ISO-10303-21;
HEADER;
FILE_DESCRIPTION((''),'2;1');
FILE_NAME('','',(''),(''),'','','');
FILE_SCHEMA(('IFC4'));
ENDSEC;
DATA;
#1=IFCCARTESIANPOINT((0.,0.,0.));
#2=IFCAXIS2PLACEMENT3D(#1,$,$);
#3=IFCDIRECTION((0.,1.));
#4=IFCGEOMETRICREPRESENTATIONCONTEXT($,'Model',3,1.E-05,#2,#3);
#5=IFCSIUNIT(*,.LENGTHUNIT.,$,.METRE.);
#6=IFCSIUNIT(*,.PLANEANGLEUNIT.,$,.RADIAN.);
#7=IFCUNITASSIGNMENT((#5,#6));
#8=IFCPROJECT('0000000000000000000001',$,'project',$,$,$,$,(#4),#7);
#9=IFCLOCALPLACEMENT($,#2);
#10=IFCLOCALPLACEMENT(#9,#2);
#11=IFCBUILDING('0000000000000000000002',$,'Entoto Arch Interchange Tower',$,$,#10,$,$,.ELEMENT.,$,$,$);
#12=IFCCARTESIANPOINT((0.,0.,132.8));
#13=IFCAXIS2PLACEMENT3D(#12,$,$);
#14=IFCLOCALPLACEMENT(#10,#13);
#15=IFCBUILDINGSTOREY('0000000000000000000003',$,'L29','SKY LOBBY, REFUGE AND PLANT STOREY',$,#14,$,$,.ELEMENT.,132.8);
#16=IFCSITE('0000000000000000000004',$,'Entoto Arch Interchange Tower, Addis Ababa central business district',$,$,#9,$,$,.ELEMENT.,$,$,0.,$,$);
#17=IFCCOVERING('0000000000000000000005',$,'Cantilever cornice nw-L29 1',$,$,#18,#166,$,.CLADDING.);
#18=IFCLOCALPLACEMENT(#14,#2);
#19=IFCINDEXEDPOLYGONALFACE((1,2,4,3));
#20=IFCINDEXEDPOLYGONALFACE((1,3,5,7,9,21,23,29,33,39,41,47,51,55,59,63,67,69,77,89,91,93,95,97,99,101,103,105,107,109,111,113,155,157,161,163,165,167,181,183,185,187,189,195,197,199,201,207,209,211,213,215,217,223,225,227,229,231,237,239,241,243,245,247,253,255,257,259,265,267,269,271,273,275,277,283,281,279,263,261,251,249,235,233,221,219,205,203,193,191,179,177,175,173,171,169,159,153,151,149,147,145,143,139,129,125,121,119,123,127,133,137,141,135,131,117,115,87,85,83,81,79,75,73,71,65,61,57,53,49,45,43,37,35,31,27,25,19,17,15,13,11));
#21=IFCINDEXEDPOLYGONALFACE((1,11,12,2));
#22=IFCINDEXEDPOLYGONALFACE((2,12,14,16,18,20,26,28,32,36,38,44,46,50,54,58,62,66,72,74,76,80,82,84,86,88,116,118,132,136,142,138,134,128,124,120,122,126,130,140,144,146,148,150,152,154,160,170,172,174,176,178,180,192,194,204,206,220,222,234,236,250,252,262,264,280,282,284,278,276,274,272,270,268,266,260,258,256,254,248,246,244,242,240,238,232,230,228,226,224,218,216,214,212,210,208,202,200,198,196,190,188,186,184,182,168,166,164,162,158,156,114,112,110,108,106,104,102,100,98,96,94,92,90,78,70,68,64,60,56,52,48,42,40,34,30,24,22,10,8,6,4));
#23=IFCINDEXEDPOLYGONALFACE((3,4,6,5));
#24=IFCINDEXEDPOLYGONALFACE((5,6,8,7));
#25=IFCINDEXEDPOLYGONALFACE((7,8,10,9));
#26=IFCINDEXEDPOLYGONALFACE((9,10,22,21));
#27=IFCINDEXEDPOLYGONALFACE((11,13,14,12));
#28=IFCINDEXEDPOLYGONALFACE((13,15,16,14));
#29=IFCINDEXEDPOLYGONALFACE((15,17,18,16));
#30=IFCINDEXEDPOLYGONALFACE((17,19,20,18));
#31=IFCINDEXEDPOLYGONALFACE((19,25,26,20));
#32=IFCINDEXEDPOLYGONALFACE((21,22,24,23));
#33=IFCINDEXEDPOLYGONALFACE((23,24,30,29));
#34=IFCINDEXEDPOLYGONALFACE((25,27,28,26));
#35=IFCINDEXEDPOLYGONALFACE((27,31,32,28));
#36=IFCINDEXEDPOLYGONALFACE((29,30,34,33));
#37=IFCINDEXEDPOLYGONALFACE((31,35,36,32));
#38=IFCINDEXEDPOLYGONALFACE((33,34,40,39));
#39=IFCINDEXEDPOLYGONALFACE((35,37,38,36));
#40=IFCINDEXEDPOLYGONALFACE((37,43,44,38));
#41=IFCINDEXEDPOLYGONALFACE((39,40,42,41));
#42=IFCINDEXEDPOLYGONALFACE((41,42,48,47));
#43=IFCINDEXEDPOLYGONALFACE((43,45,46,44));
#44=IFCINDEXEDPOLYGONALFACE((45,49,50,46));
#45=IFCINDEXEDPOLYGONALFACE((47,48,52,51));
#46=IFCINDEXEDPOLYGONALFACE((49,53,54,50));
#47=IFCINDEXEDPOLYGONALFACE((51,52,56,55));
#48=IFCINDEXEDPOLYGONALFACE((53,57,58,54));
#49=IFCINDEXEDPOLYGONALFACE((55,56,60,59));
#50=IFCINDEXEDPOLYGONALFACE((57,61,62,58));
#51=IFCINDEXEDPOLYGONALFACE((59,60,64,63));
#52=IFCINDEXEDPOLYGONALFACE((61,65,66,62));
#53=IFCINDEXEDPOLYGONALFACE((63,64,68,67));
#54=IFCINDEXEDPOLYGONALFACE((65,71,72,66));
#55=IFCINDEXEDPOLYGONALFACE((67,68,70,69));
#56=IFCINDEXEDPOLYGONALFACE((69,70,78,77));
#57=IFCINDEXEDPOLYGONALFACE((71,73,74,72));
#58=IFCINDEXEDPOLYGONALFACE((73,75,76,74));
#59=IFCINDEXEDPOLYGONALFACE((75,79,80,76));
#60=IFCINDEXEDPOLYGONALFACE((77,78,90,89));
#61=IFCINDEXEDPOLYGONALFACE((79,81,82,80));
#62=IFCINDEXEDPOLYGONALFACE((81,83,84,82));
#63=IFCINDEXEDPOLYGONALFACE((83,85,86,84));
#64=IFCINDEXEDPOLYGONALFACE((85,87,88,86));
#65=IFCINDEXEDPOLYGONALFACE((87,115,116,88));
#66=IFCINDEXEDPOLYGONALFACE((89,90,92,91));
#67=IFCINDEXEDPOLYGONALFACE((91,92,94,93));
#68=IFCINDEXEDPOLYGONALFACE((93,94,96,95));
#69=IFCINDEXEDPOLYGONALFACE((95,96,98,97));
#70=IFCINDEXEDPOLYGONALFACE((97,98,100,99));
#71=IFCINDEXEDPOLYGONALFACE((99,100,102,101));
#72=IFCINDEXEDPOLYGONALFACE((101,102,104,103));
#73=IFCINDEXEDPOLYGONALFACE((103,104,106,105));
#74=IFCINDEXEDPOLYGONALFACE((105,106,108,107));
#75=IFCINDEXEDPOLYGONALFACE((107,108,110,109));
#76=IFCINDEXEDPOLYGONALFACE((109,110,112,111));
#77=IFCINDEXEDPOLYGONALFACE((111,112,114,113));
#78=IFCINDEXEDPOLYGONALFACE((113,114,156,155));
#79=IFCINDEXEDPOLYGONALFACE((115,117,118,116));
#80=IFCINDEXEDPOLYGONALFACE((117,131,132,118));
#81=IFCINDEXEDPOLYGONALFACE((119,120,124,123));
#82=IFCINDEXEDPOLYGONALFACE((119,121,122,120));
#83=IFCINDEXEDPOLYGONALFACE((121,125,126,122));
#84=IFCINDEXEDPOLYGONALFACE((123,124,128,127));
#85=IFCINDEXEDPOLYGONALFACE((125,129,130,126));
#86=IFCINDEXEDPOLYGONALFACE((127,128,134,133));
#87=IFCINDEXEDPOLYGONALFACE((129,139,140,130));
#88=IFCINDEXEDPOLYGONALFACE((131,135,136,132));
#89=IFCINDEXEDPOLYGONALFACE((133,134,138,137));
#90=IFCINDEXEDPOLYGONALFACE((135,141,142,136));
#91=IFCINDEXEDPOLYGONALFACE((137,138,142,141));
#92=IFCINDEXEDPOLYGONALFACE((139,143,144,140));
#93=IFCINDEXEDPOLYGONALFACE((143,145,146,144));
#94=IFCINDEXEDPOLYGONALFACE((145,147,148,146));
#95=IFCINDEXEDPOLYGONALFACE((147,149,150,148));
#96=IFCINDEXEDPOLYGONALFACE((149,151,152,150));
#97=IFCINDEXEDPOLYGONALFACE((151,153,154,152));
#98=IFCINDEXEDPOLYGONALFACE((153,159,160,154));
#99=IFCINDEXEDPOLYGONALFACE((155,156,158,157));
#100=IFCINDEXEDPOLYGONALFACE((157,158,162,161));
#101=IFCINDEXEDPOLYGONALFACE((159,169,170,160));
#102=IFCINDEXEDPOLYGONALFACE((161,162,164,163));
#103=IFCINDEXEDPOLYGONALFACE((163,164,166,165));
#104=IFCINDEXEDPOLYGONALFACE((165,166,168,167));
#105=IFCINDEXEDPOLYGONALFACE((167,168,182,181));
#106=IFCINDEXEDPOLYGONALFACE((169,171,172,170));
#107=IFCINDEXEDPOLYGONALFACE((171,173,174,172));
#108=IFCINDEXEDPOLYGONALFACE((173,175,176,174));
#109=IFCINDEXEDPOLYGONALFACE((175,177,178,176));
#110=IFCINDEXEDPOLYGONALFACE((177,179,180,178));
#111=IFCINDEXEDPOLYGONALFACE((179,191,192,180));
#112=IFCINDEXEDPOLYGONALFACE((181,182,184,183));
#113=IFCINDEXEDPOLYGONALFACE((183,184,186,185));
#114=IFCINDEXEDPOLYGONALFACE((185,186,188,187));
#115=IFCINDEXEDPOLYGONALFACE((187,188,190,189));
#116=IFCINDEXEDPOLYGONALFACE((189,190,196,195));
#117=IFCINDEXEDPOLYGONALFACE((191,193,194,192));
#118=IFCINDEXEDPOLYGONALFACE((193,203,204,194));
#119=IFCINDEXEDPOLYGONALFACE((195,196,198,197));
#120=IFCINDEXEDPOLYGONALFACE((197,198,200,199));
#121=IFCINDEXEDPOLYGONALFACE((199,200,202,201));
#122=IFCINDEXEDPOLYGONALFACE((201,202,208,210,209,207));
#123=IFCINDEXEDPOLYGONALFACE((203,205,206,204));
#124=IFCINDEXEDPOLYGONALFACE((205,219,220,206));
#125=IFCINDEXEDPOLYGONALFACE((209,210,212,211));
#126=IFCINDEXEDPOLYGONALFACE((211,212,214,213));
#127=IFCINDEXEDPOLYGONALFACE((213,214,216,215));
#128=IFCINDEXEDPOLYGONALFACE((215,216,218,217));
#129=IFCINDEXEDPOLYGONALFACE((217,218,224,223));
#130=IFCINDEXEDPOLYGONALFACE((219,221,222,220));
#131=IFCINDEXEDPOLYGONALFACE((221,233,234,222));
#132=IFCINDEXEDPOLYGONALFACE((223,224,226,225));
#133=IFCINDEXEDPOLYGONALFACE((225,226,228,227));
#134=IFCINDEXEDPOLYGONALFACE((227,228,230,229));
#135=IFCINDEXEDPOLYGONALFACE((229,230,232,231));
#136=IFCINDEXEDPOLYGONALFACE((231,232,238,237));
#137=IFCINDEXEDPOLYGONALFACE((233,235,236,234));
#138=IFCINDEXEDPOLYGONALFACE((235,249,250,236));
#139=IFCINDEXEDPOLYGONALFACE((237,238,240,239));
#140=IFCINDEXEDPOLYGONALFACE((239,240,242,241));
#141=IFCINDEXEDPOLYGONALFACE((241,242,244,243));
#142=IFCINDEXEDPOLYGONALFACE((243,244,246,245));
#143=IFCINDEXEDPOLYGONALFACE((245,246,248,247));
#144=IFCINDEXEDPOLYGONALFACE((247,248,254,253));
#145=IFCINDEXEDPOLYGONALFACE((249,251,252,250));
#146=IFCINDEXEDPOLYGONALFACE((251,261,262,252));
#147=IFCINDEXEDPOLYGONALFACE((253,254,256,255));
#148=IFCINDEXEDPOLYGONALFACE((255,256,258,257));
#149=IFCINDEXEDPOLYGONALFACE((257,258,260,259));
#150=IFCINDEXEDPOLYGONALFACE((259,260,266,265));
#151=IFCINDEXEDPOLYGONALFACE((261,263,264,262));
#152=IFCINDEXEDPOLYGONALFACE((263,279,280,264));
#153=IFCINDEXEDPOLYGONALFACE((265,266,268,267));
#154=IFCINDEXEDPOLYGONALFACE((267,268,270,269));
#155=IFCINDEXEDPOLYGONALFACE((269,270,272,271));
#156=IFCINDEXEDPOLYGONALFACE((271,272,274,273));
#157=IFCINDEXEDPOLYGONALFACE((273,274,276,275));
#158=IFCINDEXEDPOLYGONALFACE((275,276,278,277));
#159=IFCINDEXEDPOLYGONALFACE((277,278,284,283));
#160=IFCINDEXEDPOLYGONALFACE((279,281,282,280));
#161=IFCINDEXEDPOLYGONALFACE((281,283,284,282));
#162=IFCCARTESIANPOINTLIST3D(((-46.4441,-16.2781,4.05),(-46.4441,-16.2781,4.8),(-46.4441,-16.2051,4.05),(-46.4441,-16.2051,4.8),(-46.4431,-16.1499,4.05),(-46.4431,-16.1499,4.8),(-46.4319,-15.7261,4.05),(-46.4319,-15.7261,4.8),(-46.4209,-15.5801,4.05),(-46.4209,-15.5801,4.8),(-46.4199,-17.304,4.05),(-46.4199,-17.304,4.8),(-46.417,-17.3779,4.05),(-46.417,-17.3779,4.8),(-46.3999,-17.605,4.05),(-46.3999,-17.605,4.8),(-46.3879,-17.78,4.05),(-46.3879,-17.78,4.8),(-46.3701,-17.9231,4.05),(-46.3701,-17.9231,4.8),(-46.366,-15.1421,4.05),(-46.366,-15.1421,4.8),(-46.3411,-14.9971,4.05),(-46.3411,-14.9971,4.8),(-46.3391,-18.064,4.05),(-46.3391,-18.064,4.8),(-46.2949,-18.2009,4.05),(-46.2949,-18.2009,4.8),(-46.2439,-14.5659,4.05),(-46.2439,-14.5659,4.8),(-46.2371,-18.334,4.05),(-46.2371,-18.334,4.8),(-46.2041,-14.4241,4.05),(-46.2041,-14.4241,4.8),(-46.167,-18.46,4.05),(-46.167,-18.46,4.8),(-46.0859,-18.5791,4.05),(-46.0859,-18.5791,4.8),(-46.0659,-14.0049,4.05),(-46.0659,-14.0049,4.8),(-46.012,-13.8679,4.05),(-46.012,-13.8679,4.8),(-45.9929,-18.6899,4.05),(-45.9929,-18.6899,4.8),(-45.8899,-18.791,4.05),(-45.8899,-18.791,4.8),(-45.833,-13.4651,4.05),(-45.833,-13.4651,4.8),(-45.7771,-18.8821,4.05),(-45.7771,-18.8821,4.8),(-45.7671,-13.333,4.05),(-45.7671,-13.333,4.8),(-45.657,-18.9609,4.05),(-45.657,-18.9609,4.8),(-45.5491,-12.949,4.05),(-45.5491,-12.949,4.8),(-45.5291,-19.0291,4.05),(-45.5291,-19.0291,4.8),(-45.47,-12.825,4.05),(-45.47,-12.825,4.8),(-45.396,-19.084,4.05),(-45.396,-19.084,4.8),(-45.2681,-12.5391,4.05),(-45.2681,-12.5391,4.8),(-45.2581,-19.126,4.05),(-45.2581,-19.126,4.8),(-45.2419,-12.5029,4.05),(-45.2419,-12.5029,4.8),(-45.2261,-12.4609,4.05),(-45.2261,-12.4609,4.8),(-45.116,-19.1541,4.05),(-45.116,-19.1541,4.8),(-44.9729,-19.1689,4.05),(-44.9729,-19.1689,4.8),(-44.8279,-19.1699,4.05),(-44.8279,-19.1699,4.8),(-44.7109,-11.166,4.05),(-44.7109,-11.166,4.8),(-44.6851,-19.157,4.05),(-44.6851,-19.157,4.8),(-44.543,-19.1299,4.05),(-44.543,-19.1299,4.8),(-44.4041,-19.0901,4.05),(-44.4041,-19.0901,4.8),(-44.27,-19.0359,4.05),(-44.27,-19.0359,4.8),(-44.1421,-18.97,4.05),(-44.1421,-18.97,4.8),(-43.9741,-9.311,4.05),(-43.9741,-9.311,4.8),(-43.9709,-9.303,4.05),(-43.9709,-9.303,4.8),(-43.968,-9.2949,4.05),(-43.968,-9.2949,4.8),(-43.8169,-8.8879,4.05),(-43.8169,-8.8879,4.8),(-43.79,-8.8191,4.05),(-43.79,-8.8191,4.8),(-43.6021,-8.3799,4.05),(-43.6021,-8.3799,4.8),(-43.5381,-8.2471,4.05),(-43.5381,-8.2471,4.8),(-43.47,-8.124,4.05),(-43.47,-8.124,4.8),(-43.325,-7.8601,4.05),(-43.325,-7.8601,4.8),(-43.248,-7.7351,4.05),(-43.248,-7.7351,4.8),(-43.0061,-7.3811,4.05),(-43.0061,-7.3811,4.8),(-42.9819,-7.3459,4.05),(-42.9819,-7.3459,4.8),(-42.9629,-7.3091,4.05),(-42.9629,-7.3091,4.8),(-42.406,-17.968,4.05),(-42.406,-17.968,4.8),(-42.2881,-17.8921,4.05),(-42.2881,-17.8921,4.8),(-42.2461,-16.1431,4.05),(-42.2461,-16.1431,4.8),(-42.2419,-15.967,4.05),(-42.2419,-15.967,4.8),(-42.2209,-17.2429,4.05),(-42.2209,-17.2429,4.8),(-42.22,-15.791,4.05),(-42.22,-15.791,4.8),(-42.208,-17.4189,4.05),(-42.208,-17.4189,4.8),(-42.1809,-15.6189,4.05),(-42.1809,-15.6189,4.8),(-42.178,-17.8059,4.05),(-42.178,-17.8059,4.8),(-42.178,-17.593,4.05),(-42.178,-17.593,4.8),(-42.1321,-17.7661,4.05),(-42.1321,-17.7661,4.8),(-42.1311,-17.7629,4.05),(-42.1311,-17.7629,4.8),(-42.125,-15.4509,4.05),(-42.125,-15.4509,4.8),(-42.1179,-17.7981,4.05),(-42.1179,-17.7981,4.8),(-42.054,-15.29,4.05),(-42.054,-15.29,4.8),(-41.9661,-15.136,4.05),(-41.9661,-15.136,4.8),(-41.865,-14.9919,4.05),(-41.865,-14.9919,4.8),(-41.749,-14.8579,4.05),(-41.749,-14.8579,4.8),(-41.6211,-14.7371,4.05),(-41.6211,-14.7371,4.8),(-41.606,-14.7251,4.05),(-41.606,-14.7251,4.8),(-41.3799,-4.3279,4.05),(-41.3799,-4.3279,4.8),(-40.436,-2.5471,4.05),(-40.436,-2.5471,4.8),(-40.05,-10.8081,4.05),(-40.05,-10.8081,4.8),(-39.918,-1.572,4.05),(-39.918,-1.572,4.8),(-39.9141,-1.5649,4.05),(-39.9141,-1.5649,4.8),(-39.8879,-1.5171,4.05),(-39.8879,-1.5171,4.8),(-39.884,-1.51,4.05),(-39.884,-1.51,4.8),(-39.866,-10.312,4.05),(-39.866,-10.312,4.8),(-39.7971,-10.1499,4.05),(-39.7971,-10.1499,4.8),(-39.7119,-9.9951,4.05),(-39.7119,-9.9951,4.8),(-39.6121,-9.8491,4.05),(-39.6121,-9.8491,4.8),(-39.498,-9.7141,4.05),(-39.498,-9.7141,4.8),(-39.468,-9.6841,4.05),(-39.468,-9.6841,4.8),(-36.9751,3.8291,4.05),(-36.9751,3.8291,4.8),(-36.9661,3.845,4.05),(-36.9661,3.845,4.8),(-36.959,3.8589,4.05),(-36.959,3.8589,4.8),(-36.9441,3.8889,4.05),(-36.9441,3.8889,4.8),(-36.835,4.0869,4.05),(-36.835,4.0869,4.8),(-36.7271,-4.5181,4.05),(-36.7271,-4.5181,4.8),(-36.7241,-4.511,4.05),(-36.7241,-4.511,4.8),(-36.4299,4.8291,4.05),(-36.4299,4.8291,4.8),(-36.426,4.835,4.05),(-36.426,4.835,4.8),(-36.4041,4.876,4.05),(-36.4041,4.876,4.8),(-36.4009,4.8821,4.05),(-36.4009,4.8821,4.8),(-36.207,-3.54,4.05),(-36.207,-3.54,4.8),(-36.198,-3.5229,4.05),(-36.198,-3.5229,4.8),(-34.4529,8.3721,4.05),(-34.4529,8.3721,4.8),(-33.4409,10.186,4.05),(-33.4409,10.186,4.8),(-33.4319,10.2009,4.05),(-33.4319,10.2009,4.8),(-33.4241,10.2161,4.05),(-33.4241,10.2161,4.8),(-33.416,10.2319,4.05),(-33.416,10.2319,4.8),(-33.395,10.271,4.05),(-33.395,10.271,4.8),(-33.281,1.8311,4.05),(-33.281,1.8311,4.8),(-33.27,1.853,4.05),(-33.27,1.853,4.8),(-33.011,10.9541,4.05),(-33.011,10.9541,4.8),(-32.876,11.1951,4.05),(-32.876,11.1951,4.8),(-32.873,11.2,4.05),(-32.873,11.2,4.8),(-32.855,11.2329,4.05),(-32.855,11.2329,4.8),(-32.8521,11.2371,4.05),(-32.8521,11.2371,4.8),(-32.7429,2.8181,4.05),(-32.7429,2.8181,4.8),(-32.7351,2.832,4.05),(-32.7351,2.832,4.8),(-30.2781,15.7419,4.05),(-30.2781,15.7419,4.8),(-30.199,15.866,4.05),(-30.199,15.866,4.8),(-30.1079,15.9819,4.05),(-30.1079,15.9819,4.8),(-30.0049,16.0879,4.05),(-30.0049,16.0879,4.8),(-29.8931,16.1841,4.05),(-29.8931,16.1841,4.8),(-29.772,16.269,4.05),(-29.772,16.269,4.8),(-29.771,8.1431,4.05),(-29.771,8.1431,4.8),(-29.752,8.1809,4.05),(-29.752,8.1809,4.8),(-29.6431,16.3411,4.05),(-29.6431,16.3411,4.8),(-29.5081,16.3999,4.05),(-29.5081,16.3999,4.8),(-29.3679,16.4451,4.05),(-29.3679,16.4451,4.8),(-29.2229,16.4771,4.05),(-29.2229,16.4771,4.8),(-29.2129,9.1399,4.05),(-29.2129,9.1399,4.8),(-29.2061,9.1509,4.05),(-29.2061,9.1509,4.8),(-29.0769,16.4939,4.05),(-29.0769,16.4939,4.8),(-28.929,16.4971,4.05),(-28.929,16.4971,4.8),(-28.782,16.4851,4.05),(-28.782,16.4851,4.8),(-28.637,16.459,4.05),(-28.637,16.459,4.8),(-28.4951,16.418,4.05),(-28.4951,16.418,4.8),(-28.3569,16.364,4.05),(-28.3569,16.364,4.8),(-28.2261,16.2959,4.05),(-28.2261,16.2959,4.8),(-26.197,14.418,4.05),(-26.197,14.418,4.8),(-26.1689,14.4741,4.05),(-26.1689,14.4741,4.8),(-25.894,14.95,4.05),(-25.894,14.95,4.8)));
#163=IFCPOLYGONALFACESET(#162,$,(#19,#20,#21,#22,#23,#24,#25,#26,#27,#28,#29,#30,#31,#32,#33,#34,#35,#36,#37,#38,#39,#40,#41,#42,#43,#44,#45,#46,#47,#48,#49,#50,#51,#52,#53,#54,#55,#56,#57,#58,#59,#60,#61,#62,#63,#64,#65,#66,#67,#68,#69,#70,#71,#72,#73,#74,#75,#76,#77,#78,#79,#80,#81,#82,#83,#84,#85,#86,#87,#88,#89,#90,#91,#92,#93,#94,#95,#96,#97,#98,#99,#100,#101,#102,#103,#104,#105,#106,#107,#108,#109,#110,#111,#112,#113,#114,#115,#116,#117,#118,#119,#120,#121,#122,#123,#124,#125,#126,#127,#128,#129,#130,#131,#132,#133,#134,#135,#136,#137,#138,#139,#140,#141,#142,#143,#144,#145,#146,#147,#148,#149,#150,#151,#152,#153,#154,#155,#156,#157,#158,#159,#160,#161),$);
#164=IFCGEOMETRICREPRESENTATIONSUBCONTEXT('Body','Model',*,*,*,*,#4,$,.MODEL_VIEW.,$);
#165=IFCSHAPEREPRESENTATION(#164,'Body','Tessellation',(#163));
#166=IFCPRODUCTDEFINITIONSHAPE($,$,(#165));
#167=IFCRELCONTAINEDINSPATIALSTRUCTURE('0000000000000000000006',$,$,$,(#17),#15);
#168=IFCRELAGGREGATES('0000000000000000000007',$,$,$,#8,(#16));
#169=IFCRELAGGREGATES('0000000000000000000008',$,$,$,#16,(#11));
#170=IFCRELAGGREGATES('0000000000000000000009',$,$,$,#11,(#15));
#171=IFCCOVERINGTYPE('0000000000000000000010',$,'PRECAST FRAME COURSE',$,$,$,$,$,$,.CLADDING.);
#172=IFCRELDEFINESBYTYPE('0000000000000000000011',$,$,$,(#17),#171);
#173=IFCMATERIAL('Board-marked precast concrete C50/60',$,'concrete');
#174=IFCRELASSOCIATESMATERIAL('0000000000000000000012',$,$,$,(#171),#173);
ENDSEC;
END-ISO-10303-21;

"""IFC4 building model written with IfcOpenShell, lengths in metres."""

from ifc_helpers import new_model, si_unit, direction, frame, origin, place, context, subcontext, project, spatial, polyline, outline, extrude, material, type_object, element, save


model = new_model("IFC4")

# Units and contexts
model_context = context("Model", 3, precision=1e-05, world=origin(), true_north=direction((0.0, 1.0)))
body_context = subcontext(model_context, "Body", "Model", "MODEL_VIEW")
ifc_project = project(units=[si_unit("LENGTHUNIT", "METRE"), si_unit("PLANEANGLEUNIT", "RADIAN")], contexts=[model_context])

# Site, building, storey
site_placement = place(None, origin())
site = spatial("IfcSite", under=ifc_project, at=site_placement, Name="Entoto Arch Interchange Tower, Addis Ababa central business district", CompositionType="ELEMENT", RefElevation=0.0)
building_placement = place(site_placement, origin())
building = spatial("IfcBuilding", under=site, at=building_placement, Name="Entoto Arch Interchange Tower", CompositionType="ELEMENT")
storey_placement = place(building_placement, frame((0.0, 0.0, 132.8)))
storey = spatial("IfcBuildingStorey", under=building, at=storey_placement, Name="L29", Description="SKY LOBBY, REFUGE AND PLANT STOREY", CompositionType="ELEMENT", Elevation=132.8)

# Covering
ifc_material_1 = material(Name="Board-marked precast concrete C50/60", Category="concrete")
covering_type_1 = type_object("IfcCoveringType", Name="PRECAST FRAME COURSE", PredefinedType="CLADDING", material=ifc_material_1)
covering_1_placement = place(storey_placement, frame((0.0, 0.0, 4.05)))
element("IfcCovering", 1, at=covering_1_placement, inside=storey, type_object=covering_type_1, Name="Cantilever cornice nw-L29 1", PredefinedType="CLADDING", context=body_context, shape_type="SweptSolid", body=[
    extrude(outline(polyline([(-42.2881, -17.8921), (-42.406, -17.968), (-44.1421, -18.97), (-44.27, -19.0359), (-44.4041, -19.0901), (-44.543, -19.1299), (-44.6851, -19.157), (-44.8279, -19.1699), (-44.9729, -19.1689), (-45.116, -19.1541), (-45.2581, -19.126), (-45.396, -19.084), (-45.5291, -19.0291), (-45.657, -18.9609), (-45.7771, -18.8821), (-45.8899, -18.791), (-45.9929, -18.6899), (-46.0859, -18.5791), (-46.167, -18.46), (-46.2371, -18.334), (-46.2949, -18.2009), (-46.3391, -18.064), (-46.3701, -17.9231), (-46.3879, -17.78), (-46.3999, -17.605), (-46.417, -17.3779), (-46.4199, -17.304), (-46.4441, -16.2781), (-46.4441, -16.2051), (-46.4431, -16.1499), (-46.4319, -15.7261), (-46.4209, -15.5801), (-46.366, -15.1421), (-46.3411, -14.9971), (-46.2439, -14.5659), (-46.2041, -14.4241), (-46.0659, -14.0049), (-46.012, -13.8679), (-45.833, -13.4651), (-45.7671, -13.333), (-45.5491, -12.949), (-45.47, -12.825), (-45.2681, -12.5391), (-45.2419, -12.5029), (-45.2261, -12.4609), (-44.7109, -11.166), (-43.9741, -9.311), (-43.9709, -9.303), (-43.968, -9.2949), (-43.8169, -8.8879), (-43.79, -8.8191), (-43.6021, -8.3799), (-43.5381, -8.2471), (-43.47, -8.124), (-43.325, -7.8601), (-43.248, -7.7351), (-43.0061, -7.3811), (-42.9819, -7.3459), (-42.9629, -7.3091), (-41.3799, -4.3279), (-40.436, -2.5471), (-39.918, -1.572), (-39.9141, -1.5649), (-39.8879, -1.5171), (-39.884, -1.51), (-36.9751, 3.8291), (-36.9661, 3.845), (-36.959, 3.8589), (-36.9441, 3.8889), (-36.835, 4.0869), (-36.4299, 4.8291), (-36.426, 4.835), (-36.4041, 4.876), (-36.4009, 4.8821), (-34.4529, 8.3721), (-33.4409, 10.186), (-33.4319, 10.2009), (-33.4241, 10.2161), (-33.416, 10.2319), (-33.416, 10.2319), (-33.395, 10.271), (-33.011, 10.9541), (-32.876, 11.1951), (-32.873, 11.2), (-32.855, 11.2329), (-32.8521, 11.2371), (-30.2781, 15.7419), (-30.199, 15.866), (-30.1079, 15.9819), (-30.0049, 16.0879), (-29.8931, 16.1841), (-29.772, 16.269), (-29.6431, 16.3411), (-29.5081, 16.3999), (-29.3679, 16.4451), (-29.2229, 16.4771), (-29.0769, 16.4939), (-28.929, 16.4971), (-28.782, 16.4851), (-28.637, 16.459), (-28.4951, 16.418), (-28.3569, 16.364), (-28.2261, 16.2959), (-25.894, 14.95), (-26.1689, 14.4741), (-26.197, 14.418), (-29.2061, 9.1509), (-29.2129, 9.1399), (-29.752, 8.1809), (-29.771, 8.1431), (-32.7351, 2.832), (-32.7429, 2.8181), (-33.27, 1.853), (-33.281, 1.8311), (-36.198, -3.5229), (-36.207, -3.54), (-36.7241, -4.511), (-36.7271, -4.5181), (-39.468, -9.6841), (-39.498, -9.7141), (-39.6121, -9.8491), (-39.7119, -9.9951), (-39.7971, -10.1499), (-39.866, -10.312), (-40.05, -10.8081), (-41.606, -14.7251), (-41.6211, -14.7371), (-41.749, -14.8579), (-41.865, -14.9919), (-41.9661, -15.136), (-42.054, -15.29), (-42.125, -15.4509), (-42.1809, -15.6189), (-42.22, -15.791), (-42.2419, -15.967), (-42.2461, -16.1431), (-42.2209, -17.2429), (-42.208, -17.4189), (-42.178, -17.593), (-42.1311, -17.7629), (-42.1179, -17.7981), (-42.1321, -17.7661), (-42.178, -17.8059), (-42.2881, -17.8921)])), origin(), (0.0, 0.0, 1.0), 0.75),
])

save(model, "model.ifc")
